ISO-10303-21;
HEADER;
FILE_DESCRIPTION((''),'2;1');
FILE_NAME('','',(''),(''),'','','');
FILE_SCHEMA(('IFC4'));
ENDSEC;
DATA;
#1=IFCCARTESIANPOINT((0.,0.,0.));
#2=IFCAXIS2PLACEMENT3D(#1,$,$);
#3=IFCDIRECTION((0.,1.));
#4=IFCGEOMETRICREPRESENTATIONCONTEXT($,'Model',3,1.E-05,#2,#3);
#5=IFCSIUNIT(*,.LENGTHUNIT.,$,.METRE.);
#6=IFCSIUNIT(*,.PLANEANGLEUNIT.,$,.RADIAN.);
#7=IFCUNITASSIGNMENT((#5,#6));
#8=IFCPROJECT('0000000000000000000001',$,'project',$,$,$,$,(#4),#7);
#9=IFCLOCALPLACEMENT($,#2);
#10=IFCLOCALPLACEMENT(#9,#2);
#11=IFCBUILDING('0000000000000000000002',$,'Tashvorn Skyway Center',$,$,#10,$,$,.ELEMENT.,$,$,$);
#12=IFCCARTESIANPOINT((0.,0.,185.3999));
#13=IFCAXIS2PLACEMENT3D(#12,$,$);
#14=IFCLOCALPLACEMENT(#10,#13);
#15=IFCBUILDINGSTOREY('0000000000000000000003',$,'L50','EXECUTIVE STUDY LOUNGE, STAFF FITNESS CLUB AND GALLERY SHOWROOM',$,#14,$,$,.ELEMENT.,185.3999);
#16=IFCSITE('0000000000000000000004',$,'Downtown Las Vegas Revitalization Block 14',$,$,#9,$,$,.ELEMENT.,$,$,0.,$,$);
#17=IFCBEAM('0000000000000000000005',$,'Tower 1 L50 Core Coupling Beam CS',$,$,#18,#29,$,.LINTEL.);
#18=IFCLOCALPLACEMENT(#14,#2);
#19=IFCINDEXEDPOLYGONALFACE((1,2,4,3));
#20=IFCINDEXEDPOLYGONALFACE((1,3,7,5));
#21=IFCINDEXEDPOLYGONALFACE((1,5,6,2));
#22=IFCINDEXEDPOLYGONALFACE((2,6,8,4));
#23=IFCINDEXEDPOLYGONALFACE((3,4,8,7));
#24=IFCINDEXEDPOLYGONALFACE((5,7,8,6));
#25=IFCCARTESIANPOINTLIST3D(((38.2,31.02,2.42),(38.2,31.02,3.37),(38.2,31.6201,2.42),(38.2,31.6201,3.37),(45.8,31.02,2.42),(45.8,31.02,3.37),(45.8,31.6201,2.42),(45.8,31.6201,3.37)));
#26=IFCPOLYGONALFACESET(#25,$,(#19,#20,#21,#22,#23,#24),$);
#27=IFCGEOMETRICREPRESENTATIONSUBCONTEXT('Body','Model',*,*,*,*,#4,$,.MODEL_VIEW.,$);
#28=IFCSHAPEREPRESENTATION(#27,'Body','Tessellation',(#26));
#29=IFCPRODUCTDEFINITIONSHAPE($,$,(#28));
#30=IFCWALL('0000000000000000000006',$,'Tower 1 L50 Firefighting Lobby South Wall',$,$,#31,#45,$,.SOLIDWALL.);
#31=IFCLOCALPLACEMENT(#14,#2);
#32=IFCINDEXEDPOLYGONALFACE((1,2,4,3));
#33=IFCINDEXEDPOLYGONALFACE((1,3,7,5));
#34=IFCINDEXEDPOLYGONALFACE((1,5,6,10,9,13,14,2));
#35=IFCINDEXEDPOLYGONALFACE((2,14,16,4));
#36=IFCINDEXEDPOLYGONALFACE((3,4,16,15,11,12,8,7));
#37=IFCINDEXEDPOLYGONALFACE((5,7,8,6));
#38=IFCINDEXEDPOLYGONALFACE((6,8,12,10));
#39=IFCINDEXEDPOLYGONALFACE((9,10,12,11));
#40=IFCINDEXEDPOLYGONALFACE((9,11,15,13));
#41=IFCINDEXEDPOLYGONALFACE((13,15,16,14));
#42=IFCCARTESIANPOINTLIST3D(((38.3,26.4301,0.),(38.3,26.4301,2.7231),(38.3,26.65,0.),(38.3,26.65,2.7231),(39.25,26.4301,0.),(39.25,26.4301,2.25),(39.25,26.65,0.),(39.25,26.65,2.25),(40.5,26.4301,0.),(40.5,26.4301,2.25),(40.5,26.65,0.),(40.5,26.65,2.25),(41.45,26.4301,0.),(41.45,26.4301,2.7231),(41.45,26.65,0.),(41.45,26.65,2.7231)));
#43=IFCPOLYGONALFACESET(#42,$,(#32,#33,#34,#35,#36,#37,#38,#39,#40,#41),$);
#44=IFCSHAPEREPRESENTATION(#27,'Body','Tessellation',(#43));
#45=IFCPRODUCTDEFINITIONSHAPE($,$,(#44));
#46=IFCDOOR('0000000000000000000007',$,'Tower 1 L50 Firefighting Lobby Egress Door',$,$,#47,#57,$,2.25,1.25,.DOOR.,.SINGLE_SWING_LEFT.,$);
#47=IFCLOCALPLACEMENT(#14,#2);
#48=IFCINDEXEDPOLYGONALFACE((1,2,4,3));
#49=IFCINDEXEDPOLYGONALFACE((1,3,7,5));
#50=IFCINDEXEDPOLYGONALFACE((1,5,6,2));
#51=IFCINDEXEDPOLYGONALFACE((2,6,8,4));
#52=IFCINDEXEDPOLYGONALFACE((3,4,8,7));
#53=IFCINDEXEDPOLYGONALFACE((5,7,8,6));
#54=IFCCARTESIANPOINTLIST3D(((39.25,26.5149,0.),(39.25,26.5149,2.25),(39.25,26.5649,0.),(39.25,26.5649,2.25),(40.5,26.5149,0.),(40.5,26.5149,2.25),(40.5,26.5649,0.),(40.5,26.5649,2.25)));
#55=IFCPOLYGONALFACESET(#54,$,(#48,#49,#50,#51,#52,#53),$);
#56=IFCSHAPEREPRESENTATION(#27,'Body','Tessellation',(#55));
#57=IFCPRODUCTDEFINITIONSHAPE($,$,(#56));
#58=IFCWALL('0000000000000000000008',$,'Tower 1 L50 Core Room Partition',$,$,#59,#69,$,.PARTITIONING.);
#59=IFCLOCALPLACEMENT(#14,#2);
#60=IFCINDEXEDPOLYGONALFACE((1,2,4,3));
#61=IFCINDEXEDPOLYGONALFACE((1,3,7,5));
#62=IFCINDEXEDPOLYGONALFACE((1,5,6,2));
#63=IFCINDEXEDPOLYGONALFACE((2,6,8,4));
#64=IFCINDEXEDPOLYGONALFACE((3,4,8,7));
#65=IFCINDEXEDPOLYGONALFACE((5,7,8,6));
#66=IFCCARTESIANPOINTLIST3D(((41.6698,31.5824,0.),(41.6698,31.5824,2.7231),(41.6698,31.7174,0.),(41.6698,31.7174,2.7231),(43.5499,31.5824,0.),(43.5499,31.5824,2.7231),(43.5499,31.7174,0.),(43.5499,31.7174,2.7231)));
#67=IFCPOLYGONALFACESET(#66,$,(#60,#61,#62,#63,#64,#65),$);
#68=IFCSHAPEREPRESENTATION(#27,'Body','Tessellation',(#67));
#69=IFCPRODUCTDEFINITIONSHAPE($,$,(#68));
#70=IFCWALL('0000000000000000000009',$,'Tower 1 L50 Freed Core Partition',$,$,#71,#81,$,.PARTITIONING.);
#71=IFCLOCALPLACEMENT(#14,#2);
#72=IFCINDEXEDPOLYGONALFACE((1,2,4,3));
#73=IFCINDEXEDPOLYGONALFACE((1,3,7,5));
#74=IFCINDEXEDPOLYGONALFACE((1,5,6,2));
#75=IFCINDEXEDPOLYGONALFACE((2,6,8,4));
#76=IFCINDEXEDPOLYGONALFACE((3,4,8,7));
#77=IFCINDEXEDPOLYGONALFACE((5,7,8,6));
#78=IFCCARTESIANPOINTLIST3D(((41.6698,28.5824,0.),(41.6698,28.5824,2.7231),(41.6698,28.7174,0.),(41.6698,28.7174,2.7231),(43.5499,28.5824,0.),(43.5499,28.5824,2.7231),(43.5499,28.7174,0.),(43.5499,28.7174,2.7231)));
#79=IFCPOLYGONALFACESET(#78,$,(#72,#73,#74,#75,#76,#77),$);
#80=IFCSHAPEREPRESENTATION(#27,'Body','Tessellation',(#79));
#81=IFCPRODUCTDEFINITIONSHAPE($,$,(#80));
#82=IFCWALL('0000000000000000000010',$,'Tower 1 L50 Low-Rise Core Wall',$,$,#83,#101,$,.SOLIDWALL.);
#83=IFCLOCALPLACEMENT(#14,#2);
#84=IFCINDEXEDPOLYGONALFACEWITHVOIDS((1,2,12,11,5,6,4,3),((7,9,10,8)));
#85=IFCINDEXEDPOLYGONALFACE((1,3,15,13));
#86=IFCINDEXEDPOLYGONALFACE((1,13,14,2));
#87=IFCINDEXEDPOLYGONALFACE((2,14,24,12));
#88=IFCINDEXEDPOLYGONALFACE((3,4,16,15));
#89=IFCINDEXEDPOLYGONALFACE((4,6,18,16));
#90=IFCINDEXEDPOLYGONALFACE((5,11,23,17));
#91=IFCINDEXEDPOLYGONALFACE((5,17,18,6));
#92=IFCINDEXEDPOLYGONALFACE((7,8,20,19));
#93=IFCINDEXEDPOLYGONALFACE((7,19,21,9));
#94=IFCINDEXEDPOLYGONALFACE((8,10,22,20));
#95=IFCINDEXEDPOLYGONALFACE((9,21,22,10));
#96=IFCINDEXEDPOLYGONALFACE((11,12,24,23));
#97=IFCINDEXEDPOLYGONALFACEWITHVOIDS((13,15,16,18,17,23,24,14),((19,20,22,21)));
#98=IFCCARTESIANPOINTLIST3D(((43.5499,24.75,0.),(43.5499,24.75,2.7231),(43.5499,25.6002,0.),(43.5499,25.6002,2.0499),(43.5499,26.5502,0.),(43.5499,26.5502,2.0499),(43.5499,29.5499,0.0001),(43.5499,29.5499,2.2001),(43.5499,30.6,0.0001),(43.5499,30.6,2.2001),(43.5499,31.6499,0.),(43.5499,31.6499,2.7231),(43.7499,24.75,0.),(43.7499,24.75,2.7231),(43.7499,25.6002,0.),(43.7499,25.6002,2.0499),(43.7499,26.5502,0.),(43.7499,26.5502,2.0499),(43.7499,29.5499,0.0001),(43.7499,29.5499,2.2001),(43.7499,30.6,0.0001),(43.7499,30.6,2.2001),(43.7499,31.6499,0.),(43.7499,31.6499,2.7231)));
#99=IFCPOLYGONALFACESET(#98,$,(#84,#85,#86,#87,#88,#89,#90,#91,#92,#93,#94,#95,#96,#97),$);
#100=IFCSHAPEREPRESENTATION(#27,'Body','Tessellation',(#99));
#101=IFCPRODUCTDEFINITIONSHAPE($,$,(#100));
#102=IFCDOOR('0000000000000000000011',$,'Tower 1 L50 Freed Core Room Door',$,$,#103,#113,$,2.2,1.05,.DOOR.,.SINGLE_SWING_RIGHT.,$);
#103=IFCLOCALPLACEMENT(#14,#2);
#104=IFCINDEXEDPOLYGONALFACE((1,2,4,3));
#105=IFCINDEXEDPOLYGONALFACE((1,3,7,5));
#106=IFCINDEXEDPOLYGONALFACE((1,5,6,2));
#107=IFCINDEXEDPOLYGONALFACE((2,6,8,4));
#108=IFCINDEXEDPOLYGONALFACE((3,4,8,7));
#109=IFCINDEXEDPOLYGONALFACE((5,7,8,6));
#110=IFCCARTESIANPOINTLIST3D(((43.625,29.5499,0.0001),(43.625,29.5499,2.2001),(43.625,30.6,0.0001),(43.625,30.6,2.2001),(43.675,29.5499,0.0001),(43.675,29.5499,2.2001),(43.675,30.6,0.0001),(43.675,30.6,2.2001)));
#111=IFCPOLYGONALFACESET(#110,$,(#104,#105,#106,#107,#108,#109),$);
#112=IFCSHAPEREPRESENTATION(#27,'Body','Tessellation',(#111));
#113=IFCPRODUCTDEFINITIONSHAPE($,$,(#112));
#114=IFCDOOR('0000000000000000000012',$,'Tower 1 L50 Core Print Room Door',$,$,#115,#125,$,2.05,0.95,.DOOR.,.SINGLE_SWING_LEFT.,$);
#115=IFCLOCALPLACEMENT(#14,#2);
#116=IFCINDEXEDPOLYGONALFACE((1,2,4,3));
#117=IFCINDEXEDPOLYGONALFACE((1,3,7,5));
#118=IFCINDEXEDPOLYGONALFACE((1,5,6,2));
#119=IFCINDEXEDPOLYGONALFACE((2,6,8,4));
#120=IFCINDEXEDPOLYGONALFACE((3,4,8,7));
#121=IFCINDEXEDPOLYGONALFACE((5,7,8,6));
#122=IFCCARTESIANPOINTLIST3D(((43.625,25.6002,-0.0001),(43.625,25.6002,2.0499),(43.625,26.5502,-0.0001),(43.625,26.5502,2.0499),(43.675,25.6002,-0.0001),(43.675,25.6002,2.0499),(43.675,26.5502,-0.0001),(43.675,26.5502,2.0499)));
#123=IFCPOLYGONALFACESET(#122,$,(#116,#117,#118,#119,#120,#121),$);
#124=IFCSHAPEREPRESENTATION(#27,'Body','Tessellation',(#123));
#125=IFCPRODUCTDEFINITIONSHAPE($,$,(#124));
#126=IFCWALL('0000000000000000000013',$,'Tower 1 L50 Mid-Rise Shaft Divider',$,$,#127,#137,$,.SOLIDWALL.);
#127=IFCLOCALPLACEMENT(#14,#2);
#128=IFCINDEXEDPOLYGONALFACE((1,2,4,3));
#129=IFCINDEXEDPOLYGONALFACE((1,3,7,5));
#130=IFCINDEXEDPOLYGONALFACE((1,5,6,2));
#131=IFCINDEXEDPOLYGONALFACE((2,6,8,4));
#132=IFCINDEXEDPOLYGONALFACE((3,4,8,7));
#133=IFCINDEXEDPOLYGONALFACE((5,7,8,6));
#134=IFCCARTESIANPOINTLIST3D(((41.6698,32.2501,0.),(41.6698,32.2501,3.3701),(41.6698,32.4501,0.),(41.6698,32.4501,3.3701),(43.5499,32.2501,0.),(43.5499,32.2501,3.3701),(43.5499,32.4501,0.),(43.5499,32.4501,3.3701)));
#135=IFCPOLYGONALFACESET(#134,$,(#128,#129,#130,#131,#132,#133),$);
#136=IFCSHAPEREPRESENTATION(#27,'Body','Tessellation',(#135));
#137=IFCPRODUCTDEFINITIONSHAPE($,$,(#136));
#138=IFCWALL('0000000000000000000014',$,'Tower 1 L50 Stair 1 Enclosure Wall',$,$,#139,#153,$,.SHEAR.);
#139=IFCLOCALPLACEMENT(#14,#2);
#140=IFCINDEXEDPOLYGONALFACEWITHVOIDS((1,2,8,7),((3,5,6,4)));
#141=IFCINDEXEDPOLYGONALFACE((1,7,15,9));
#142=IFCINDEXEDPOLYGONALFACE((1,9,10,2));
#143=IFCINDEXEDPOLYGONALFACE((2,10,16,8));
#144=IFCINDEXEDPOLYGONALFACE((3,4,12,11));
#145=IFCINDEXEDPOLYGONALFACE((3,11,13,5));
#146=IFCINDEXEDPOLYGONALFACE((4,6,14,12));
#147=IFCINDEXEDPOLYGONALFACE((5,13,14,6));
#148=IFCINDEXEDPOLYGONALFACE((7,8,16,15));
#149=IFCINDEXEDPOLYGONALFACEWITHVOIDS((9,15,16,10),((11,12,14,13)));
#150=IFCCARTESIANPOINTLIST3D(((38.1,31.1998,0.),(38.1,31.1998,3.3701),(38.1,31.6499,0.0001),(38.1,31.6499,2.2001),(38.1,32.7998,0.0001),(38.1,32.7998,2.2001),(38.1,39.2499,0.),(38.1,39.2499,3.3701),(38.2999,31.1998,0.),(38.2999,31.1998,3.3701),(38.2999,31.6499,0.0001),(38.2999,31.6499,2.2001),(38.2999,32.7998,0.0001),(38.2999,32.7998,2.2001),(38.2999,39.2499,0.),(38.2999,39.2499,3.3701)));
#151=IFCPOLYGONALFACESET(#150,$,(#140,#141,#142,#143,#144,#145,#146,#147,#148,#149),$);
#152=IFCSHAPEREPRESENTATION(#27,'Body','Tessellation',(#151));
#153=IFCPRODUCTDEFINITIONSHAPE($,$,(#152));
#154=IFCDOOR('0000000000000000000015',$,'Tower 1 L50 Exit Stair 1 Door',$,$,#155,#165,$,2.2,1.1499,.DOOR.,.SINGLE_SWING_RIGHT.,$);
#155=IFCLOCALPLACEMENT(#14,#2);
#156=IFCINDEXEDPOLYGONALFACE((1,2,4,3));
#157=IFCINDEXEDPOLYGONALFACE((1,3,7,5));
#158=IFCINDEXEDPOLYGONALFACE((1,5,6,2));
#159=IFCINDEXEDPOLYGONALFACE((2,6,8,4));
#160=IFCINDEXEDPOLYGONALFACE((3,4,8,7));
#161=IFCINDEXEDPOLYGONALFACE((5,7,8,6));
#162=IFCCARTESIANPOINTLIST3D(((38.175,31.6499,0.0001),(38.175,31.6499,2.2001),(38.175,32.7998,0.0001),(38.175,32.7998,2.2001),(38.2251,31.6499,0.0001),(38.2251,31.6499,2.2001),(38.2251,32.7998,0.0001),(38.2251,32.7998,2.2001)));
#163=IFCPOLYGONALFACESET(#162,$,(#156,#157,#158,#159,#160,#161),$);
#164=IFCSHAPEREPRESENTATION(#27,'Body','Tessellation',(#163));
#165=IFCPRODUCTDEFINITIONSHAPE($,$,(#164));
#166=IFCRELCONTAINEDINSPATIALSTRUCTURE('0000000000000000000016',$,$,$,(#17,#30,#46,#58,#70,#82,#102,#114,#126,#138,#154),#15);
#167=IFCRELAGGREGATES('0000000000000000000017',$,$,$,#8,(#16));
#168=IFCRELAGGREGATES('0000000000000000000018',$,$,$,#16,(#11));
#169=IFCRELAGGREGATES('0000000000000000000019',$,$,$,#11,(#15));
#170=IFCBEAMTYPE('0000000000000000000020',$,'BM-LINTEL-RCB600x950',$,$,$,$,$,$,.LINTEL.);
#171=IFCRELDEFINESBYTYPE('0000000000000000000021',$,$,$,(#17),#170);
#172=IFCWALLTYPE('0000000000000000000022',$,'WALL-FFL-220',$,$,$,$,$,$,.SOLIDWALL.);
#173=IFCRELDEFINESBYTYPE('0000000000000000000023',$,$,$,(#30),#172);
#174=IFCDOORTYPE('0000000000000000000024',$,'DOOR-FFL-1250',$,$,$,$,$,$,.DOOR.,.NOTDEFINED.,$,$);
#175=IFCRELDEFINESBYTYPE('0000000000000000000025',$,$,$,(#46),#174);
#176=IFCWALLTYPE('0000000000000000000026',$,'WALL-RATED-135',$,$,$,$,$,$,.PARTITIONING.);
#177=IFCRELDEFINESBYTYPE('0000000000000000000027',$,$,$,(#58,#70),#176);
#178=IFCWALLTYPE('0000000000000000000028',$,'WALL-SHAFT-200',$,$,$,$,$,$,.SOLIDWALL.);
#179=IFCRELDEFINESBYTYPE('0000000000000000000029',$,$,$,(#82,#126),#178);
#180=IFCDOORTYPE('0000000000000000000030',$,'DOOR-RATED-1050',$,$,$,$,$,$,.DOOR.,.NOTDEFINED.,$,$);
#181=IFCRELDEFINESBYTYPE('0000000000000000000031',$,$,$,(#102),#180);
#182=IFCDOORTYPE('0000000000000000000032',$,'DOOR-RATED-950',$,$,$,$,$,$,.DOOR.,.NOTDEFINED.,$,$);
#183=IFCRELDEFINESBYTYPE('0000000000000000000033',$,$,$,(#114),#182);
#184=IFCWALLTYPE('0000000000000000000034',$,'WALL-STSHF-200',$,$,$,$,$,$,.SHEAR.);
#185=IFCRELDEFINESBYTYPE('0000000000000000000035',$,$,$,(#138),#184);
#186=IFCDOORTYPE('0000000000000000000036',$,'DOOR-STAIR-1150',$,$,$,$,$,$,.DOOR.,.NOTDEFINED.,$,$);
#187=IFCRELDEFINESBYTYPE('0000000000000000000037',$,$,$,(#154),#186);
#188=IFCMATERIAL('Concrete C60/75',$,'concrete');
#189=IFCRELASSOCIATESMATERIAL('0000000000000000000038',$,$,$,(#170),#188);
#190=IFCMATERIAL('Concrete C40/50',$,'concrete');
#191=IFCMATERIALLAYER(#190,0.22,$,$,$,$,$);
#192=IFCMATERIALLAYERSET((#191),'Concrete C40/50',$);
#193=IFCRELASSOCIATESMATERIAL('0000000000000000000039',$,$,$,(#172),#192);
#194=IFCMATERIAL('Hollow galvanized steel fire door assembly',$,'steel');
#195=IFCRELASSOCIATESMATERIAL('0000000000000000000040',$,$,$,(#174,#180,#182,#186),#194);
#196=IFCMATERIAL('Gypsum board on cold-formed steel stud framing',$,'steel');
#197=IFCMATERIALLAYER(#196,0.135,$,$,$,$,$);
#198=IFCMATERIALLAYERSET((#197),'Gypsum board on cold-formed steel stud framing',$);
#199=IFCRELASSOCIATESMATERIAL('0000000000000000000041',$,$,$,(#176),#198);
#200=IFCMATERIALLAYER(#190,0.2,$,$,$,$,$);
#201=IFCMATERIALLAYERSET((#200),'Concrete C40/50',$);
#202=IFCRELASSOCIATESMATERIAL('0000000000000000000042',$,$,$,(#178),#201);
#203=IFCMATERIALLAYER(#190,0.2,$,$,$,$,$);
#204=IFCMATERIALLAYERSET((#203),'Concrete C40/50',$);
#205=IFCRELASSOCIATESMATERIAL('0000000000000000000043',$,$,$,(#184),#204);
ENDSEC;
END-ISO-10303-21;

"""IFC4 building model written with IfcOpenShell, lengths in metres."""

from ifc_helpers import new_model, si_unit, direction, frame, frame_2d, origin, origin_2d, place, context, subcontext, project, spatial, rectangle, extrude, material, layer, layer_set, material_profile, profile_set, type_object, element, fill, save


model = new_model("IFC4")

# Units and contexts
model_context = context("Model", 3, precision=1e-05, world=origin(), true_north=direction((0.0, 1.0)))
body_context = subcontext(model_context, "Body", "Model", "MODEL_VIEW")
ifc_project = project(units=[si_unit("LENGTHUNIT", "METRE"), si_unit("PLANEANGLEUNIT", "RADIAN")], contexts=[model_context])

# Site, building, storey
site_placement = place(None, origin())
site = spatial("IfcSite", under=ifc_project, at=site_placement, Name="Downtown Las Vegas Revitalization Block 14", CompositionType="ELEMENT", RefElevation=0.0)
building_placement = place(site_placement, origin())
building = spatial("IfcBuilding", under=site, at=building_placement, Name="Tashvorn Skyway Center", CompositionType="ELEMENT")
storey_placement = place(building_placement, frame((0.0, 0.0, 185.3999)))
storey = spatial("IfcBuildingStorey", under=building, at=storey_placement, Name="L50", Description="EXECUTIVE STUDY LOUNGE, STAFF FITNESS CLUB AND GALLERY SHOWROOM", CompositionType="ELEMENT", Elevation=185.3999)

# Beam
ifc_material_1 = material(Name="Concrete C60/75", Category="concrete")
ifc_material_profile = material_profile(ifc_material_1, rectangle(XDim=0.6001, YDim=0.95, at=origin_2d()), Name="RCB600x950")
ifc_profile_set = profile_set([ifc_material_profile], Name="Concrete C60/75")
beam_type = type_object("IfcBeamType", Name="BM-LINTEL-RCB600x950", PredefinedType="LINTEL", material=ifc_profile_set)
beam_placement = place(storey_placement, frame((38.2, 31.3201, 2.895), z_axis=(1.0, 0.0, 0.0), x_axis=(0.0, 1.0, 0.0)))
element("IfcBeam", 1, at=beam_placement, inside=storey, type_object=beam_type, Name="Tower 1 L50 Core Coupling Beam CS", PredefinedType="LINTEL", context=body_context, shape_type="SweptSolid", body=[
    extrude(rectangle(XDim=0.6001, YDim=0.95, at=origin_2d()), origin(), (0.0, 0.0, 1.0), 7.6001),
])

# Wall, opening, door
ifc_material_2 = material(Name="Concrete C40/50", Category="concrete")
ifc_layer_1 = layer(ifc_material_2, 0.22)
ifc_layer_set_1 = layer_set([ifc_layer_1], Name="Concrete C40/50")
wall_type_1 = type_object("IfcWallType", Name="WALL-FFL-220", PredefinedType="SOLIDWALL", material=ifc_layer_set_1)
wall_1_placement = place(storey_placement, frame((38.3, 26.54, 0.0), z_axis=(0.0, 0.0, 1.0), x_axis=(1.0, 0.0, 0.0)))
wall_1 = element("IfcWall", 2, at=wall_1_placement, inside=storey, type_object=wall_type_1, Name="Tower 1 L50 Firefighting Lobby South Wall", PredefinedType="SOLIDWALL", context=body_context, shape_type="SweptSolid", body=[
    extrude(rectangle(XDim=3.1499, YDim=0.22, at=frame_2d((1.575, 0.0))), origin(), (0.0, 0.0, 1.0), 2.7231),
])
opening_1_placement = place(wall_1_placement, frame((0.95, 0.0, 0.0)))
opening_1 = element("IfcOpeningElement", 3, at=opening_1_placement, cuts=wall_1, PredefinedType="OPENING", context=body_context, shape_type="SweptSolid", body=[
    extrude(rectangle(XDim=1.25, YDim=2.25, at=frame_2d((0.625, 1.125))), frame((0.0, 0.1199, 0.0), z_axis=(0.0, -1.0, 0.0), x_axis=(1.0, 0.0, 0.0)), (0.0, 0.0, 1.0), 0.24),
])
ifc_material_3 = material(Name="Hollow galvanized steel fire door assembly", Category="steel")
door_type_1 = type_object("IfcDoorType", Name="DOOR-FFL-1250", OperationType="NOTDEFINED", PredefinedType="DOOR", material=ifc_material_3)
door_1_placement = place(opening_1_placement, origin())
door_1 = element("IfcDoor", 4, at=door_1_placement, inside=storey, type_object=door_type_1, Name="Tower 1 L50 Firefighting Lobby Egress Door", OperationType="SINGLE_SWING_LEFT", OverallHeight=2.25, OverallWidth=1.25, PredefinedType="DOOR", context=body_context, shape_type="SweptSolid", body=[
    extrude(rectangle(XDim=1.25, YDim=2.25, at=frame_2d((0.625, 1.125))), frame((0.0, 0.0249, 0.0), z_axis=(0.0, -1.0, 0.0), x_axis=(1.0, 0.0, 0.0)), (0.0, 0.0, 1.0), 0.05),
])
fill(opening_1, door_1)

# Walls
ifc_material_4 = material(Name="Gypsum board on cold-formed steel stud framing", Category="steel")
ifc_layer_2 = layer(ifc_material_4, 0.135)
ifc_layer_set_2 = layer_set([ifc_layer_2], Name="Gypsum board on cold-formed steel stud framing")
wall_type_2 = type_object("IfcWallType", Name="WALL-RATED-135", PredefinedType="PARTITIONING", material=ifc_layer_set_2)
for number, where, z_axis, x_axis, name in (
    (5, (41.6699, 31.6499, 0.0), (0.0, 0.0, 1.0), (1.0, 0.0, 0.0), "Tower 1 L50 Core Room Partition"),
    (6, (41.6699, 28.6499, 0.0), (0.0, 0.0, 1.0), (1.0, 0.0, 0.0), "Tower 1 L50 Freed Core Partition"),
):
    element("IfcWall", number, at=place(storey_placement, frame(where, z_axis=z_axis, x_axis=x_axis)), inside=storey, type_object=wall_type_2, Name=name, PredefinedType="PARTITIONING", context=body_context, shape_type="SweptSolid", body=[
        extrude(rectangle(XDim=1.8801, YDim=0.135, at=frame_2d((0.9399, 0.0))), origin(), (0.0, 0.0, 1.0), 2.7231),
    ])

# Wall, openings, doors
ifc_layer_3 = layer(ifc_material_2, 0.2)
ifc_layer_set_3 = layer_set([ifc_layer_3], Name="Concrete C40/50")
wall_type_3 = type_object("IfcWallType", Name="WALL-SHAFT-200", PredefinedType="SOLIDWALL", material=ifc_layer_set_3)
wall_2_placement = place(storey_placement, frame((43.6499, 24.75, 0.0), z_axis=(0.0, 0.0, 1.0), x_axis=(0.0, 1.0, 0.0)))
wall_2 = element("IfcWall", 7, at=wall_2_placement, inside=storey, type_object=wall_type_3, Name="Tower 1 L50 Low-Rise Core Wall", PredefinedType="SOLIDWALL", context=body_context, shape_type="SweptSolid", body=[
    extrude(rectangle(XDim=6.8999, YDim=0.2, at=frame_2d((3.45, 0.0))), origin(), (0.0, 0.0, 1.0), 2.7231),
])
opening_2_placement = place(wall_2_placement, frame((0.8501, 0.0, 0.0)))
opening_2 = element("IfcOpeningElement", 8, at=opening_2_placement, cuts=wall_2, PredefinedType="OPENING", context=body_context, shape_type="SweptSolid", body=[
    extrude(rectangle(XDim=0.95, YDim=2.05, at=frame_2d((0.4751, 1.0249))), frame((0.0, 0.1099, 0.0), z_axis=(0.0, -1.0, 0.0), x_axis=(1.0, 0.0, 0.0)), (0.0, 0.0, 1.0), 0.22),
])
opening_3_placement = place(wall_2_placement, frame((4.8, 0.0, 0.0)))
opening_3 = element("IfcOpeningElement", 9, at=opening_3_placement, cuts=wall_2, PredefinedType="OPENING", context=body_context, shape_type="SweptSolid", body=[
    extrude(rectangle(XDim=1.05, YDim=2.2, at=frame_2d((0.5249, 1.1001))), frame((0.0, 0.1099, 0.0), z_axis=(0.0, -1.0, 0.0), x_axis=(1.0, 0.0, 0.0)), (0.0, 0.0, 1.0), 0.22),
])
door_type_2 = type_object("IfcDoorType", Name="DOOR-RATED-1050", OperationType="NOTDEFINED", PredefinedType="DOOR", material=ifc_material_3)
door_2_placement = place(opening_3_placement, origin())
door_2 = element("IfcDoor", 10, at=door_2_placement, inside=storey, type_object=door_type_2, Name="Tower 1 L50 Freed Core Room Door", OperationType="SINGLE_SWING_RIGHT", OverallHeight=2.2, OverallWidth=1.05, PredefinedType="DOOR", context=body_context, shape_type="SweptSolid", body=[
    extrude(rectangle(XDim=1.05, YDim=2.2, at=frame_2d((0.5249, 1.1001))), frame((0.0, 0.0249, 0.0), z_axis=(0.0, -1.0, 0.0), x_axis=(1.0, 0.0, 0.0)), (0.0, 0.0, 1.0), 0.05),
])
fill(opening_3, door_2)
door_type_3 = type_object("IfcDoorType", Name="DOOR-RATED-950", OperationType="NOTDEFINED", PredefinedType="DOOR", material=ifc_material_3)
door_3_placement = place(opening_2_placement, origin())
door_3 = element("IfcDoor", 11, at=door_3_placement, inside=storey, type_object=door_type_3, Name="Tower 1 L50 Core Print Room Door", OperationType="SINGLE_SWING_LEFT", OverallHeight=2.05, OverallWidth=0.95, PredefinedType="DOOR", context=body_context, shape_type="SweptSolid", body=[
    extrude(rectangle(XDim=0.95, YDim=2.05, at=frame_2d((0.4751, 1.0249))), frame((0.0, 0.0249, 0.0), z_axis=(0.0, -1.0, 0.0), x_axis=(1.0, 0.0, 0.0)), (0.0, 0.0, 1.0), 0.05),
])
fill(opening_2, door_3)

# Wall
wall_3_placement = place(storey_placement, frame((41.6699, 32.3501, 0.0), z_axis=(0.0, 0.0, 1.0), x_axis=(1.0, 0.0, 0.0)))
element("IfcWall", 12, at=wall_3_placement, inside=storey, type_object=wall_type_3, Name="Tower 1 L50 Mid-Rise Shaft Divider", PredefinedType="SOLIDWALL", context=body_context, shape_type="SweptSolid", body=[
    extrude(rectangle(XDim=1.8801, YDim=0.2, at=frame_2d((0.9399, 0.0))), origin(), (0.0, 0.0, 1.0), 3.3701),
])

# Wall, opening, door
ifc_layer_4 = layer(ifc_material_2, 0.2)
ifc_layer_set_4 = layer_set([ifc_layer_4], Name="Concrete C40/50")
wall_type_4 = type_object("IfcWallType", Name="WALL-STSHF-200", PredefinedType="SHEAR", material=ifc_layer_set_4)
wall_4_placement = place(storey_placement, frame((38.2, 31.2, 0.0), z_axis=(0.0, 0.0, 1.0), x_axis=(0.0, 1.0, 0.0)))
wall_4 = element("IfcWall", 13, at=wall_4_placement, inside=storey, type_object=wall_type_4, Name="Tower 1 L50 Stair 1 Enclosure Wall", PredefinedType="SHEAR", context=body_context, shape_type="SweptSolid", body=[
    extrude(rectangle(XDim=8.05, YDim=0.2, at=frame_2d((4.0249, 0.0))), origin(), (0.0, 0.0, 1.0), 3.3701),
])
opening_4_placement = place(wall_4_placement, frame((0.45, 0.0, 0.0)))
opening_4 = element("IfcOpeningElement", 14, at=opening_4_placement, cuts=wall_4, PredefinedType="OPENING", context=body_context, shape_type="SweptSolid", body=[
    extrude(rectangle(XDim=1.1499, YDim=2.2, at=frame_2d((0.575, 1.1001))), frame((0.0, 0.1099, 0.0), z_axis=(0.0, -1.0, 0.0), x_axis=(1.0, 0.0, 0.0)), (0.0, 0.0, 1.0), 0.22),
])
door_type_4 = type_object("IfcDoorType", Name="DOOR-STAIR-1150", OperationType="NOTDEFINED", PredefinedType="DOOR", material=ifc_material_3)
door_4_placement = place(opening_4_placement, origin())
door_4 = element("IfcDoor", 15, at=door_4_placement, inside=storey, type_object=door_type_4, Name="Tower 1 L50 Exit Stair 1 Door", OperationType="SINGLE_SWING_RIGHT", OverallHeight=2.2, OverallWidth=1.1499, PredefinedType="DOOR", context=body_context, shape_type="SweptSolid", body=[
    extrude(rectangle(XDim=1.1499, YDim=2.2, at=frame_2d((0.575, 1.1001))), frame((0.0, 0.0249, 0.0), z_axis=(0.0, -1.0, 0.0), x_axis=(1.0, 0.0, 0.0)), (0.0, 0.0, 1.0), 0.05),
])
fill(opening_4, door_4)

save(model, "model.ifc")
